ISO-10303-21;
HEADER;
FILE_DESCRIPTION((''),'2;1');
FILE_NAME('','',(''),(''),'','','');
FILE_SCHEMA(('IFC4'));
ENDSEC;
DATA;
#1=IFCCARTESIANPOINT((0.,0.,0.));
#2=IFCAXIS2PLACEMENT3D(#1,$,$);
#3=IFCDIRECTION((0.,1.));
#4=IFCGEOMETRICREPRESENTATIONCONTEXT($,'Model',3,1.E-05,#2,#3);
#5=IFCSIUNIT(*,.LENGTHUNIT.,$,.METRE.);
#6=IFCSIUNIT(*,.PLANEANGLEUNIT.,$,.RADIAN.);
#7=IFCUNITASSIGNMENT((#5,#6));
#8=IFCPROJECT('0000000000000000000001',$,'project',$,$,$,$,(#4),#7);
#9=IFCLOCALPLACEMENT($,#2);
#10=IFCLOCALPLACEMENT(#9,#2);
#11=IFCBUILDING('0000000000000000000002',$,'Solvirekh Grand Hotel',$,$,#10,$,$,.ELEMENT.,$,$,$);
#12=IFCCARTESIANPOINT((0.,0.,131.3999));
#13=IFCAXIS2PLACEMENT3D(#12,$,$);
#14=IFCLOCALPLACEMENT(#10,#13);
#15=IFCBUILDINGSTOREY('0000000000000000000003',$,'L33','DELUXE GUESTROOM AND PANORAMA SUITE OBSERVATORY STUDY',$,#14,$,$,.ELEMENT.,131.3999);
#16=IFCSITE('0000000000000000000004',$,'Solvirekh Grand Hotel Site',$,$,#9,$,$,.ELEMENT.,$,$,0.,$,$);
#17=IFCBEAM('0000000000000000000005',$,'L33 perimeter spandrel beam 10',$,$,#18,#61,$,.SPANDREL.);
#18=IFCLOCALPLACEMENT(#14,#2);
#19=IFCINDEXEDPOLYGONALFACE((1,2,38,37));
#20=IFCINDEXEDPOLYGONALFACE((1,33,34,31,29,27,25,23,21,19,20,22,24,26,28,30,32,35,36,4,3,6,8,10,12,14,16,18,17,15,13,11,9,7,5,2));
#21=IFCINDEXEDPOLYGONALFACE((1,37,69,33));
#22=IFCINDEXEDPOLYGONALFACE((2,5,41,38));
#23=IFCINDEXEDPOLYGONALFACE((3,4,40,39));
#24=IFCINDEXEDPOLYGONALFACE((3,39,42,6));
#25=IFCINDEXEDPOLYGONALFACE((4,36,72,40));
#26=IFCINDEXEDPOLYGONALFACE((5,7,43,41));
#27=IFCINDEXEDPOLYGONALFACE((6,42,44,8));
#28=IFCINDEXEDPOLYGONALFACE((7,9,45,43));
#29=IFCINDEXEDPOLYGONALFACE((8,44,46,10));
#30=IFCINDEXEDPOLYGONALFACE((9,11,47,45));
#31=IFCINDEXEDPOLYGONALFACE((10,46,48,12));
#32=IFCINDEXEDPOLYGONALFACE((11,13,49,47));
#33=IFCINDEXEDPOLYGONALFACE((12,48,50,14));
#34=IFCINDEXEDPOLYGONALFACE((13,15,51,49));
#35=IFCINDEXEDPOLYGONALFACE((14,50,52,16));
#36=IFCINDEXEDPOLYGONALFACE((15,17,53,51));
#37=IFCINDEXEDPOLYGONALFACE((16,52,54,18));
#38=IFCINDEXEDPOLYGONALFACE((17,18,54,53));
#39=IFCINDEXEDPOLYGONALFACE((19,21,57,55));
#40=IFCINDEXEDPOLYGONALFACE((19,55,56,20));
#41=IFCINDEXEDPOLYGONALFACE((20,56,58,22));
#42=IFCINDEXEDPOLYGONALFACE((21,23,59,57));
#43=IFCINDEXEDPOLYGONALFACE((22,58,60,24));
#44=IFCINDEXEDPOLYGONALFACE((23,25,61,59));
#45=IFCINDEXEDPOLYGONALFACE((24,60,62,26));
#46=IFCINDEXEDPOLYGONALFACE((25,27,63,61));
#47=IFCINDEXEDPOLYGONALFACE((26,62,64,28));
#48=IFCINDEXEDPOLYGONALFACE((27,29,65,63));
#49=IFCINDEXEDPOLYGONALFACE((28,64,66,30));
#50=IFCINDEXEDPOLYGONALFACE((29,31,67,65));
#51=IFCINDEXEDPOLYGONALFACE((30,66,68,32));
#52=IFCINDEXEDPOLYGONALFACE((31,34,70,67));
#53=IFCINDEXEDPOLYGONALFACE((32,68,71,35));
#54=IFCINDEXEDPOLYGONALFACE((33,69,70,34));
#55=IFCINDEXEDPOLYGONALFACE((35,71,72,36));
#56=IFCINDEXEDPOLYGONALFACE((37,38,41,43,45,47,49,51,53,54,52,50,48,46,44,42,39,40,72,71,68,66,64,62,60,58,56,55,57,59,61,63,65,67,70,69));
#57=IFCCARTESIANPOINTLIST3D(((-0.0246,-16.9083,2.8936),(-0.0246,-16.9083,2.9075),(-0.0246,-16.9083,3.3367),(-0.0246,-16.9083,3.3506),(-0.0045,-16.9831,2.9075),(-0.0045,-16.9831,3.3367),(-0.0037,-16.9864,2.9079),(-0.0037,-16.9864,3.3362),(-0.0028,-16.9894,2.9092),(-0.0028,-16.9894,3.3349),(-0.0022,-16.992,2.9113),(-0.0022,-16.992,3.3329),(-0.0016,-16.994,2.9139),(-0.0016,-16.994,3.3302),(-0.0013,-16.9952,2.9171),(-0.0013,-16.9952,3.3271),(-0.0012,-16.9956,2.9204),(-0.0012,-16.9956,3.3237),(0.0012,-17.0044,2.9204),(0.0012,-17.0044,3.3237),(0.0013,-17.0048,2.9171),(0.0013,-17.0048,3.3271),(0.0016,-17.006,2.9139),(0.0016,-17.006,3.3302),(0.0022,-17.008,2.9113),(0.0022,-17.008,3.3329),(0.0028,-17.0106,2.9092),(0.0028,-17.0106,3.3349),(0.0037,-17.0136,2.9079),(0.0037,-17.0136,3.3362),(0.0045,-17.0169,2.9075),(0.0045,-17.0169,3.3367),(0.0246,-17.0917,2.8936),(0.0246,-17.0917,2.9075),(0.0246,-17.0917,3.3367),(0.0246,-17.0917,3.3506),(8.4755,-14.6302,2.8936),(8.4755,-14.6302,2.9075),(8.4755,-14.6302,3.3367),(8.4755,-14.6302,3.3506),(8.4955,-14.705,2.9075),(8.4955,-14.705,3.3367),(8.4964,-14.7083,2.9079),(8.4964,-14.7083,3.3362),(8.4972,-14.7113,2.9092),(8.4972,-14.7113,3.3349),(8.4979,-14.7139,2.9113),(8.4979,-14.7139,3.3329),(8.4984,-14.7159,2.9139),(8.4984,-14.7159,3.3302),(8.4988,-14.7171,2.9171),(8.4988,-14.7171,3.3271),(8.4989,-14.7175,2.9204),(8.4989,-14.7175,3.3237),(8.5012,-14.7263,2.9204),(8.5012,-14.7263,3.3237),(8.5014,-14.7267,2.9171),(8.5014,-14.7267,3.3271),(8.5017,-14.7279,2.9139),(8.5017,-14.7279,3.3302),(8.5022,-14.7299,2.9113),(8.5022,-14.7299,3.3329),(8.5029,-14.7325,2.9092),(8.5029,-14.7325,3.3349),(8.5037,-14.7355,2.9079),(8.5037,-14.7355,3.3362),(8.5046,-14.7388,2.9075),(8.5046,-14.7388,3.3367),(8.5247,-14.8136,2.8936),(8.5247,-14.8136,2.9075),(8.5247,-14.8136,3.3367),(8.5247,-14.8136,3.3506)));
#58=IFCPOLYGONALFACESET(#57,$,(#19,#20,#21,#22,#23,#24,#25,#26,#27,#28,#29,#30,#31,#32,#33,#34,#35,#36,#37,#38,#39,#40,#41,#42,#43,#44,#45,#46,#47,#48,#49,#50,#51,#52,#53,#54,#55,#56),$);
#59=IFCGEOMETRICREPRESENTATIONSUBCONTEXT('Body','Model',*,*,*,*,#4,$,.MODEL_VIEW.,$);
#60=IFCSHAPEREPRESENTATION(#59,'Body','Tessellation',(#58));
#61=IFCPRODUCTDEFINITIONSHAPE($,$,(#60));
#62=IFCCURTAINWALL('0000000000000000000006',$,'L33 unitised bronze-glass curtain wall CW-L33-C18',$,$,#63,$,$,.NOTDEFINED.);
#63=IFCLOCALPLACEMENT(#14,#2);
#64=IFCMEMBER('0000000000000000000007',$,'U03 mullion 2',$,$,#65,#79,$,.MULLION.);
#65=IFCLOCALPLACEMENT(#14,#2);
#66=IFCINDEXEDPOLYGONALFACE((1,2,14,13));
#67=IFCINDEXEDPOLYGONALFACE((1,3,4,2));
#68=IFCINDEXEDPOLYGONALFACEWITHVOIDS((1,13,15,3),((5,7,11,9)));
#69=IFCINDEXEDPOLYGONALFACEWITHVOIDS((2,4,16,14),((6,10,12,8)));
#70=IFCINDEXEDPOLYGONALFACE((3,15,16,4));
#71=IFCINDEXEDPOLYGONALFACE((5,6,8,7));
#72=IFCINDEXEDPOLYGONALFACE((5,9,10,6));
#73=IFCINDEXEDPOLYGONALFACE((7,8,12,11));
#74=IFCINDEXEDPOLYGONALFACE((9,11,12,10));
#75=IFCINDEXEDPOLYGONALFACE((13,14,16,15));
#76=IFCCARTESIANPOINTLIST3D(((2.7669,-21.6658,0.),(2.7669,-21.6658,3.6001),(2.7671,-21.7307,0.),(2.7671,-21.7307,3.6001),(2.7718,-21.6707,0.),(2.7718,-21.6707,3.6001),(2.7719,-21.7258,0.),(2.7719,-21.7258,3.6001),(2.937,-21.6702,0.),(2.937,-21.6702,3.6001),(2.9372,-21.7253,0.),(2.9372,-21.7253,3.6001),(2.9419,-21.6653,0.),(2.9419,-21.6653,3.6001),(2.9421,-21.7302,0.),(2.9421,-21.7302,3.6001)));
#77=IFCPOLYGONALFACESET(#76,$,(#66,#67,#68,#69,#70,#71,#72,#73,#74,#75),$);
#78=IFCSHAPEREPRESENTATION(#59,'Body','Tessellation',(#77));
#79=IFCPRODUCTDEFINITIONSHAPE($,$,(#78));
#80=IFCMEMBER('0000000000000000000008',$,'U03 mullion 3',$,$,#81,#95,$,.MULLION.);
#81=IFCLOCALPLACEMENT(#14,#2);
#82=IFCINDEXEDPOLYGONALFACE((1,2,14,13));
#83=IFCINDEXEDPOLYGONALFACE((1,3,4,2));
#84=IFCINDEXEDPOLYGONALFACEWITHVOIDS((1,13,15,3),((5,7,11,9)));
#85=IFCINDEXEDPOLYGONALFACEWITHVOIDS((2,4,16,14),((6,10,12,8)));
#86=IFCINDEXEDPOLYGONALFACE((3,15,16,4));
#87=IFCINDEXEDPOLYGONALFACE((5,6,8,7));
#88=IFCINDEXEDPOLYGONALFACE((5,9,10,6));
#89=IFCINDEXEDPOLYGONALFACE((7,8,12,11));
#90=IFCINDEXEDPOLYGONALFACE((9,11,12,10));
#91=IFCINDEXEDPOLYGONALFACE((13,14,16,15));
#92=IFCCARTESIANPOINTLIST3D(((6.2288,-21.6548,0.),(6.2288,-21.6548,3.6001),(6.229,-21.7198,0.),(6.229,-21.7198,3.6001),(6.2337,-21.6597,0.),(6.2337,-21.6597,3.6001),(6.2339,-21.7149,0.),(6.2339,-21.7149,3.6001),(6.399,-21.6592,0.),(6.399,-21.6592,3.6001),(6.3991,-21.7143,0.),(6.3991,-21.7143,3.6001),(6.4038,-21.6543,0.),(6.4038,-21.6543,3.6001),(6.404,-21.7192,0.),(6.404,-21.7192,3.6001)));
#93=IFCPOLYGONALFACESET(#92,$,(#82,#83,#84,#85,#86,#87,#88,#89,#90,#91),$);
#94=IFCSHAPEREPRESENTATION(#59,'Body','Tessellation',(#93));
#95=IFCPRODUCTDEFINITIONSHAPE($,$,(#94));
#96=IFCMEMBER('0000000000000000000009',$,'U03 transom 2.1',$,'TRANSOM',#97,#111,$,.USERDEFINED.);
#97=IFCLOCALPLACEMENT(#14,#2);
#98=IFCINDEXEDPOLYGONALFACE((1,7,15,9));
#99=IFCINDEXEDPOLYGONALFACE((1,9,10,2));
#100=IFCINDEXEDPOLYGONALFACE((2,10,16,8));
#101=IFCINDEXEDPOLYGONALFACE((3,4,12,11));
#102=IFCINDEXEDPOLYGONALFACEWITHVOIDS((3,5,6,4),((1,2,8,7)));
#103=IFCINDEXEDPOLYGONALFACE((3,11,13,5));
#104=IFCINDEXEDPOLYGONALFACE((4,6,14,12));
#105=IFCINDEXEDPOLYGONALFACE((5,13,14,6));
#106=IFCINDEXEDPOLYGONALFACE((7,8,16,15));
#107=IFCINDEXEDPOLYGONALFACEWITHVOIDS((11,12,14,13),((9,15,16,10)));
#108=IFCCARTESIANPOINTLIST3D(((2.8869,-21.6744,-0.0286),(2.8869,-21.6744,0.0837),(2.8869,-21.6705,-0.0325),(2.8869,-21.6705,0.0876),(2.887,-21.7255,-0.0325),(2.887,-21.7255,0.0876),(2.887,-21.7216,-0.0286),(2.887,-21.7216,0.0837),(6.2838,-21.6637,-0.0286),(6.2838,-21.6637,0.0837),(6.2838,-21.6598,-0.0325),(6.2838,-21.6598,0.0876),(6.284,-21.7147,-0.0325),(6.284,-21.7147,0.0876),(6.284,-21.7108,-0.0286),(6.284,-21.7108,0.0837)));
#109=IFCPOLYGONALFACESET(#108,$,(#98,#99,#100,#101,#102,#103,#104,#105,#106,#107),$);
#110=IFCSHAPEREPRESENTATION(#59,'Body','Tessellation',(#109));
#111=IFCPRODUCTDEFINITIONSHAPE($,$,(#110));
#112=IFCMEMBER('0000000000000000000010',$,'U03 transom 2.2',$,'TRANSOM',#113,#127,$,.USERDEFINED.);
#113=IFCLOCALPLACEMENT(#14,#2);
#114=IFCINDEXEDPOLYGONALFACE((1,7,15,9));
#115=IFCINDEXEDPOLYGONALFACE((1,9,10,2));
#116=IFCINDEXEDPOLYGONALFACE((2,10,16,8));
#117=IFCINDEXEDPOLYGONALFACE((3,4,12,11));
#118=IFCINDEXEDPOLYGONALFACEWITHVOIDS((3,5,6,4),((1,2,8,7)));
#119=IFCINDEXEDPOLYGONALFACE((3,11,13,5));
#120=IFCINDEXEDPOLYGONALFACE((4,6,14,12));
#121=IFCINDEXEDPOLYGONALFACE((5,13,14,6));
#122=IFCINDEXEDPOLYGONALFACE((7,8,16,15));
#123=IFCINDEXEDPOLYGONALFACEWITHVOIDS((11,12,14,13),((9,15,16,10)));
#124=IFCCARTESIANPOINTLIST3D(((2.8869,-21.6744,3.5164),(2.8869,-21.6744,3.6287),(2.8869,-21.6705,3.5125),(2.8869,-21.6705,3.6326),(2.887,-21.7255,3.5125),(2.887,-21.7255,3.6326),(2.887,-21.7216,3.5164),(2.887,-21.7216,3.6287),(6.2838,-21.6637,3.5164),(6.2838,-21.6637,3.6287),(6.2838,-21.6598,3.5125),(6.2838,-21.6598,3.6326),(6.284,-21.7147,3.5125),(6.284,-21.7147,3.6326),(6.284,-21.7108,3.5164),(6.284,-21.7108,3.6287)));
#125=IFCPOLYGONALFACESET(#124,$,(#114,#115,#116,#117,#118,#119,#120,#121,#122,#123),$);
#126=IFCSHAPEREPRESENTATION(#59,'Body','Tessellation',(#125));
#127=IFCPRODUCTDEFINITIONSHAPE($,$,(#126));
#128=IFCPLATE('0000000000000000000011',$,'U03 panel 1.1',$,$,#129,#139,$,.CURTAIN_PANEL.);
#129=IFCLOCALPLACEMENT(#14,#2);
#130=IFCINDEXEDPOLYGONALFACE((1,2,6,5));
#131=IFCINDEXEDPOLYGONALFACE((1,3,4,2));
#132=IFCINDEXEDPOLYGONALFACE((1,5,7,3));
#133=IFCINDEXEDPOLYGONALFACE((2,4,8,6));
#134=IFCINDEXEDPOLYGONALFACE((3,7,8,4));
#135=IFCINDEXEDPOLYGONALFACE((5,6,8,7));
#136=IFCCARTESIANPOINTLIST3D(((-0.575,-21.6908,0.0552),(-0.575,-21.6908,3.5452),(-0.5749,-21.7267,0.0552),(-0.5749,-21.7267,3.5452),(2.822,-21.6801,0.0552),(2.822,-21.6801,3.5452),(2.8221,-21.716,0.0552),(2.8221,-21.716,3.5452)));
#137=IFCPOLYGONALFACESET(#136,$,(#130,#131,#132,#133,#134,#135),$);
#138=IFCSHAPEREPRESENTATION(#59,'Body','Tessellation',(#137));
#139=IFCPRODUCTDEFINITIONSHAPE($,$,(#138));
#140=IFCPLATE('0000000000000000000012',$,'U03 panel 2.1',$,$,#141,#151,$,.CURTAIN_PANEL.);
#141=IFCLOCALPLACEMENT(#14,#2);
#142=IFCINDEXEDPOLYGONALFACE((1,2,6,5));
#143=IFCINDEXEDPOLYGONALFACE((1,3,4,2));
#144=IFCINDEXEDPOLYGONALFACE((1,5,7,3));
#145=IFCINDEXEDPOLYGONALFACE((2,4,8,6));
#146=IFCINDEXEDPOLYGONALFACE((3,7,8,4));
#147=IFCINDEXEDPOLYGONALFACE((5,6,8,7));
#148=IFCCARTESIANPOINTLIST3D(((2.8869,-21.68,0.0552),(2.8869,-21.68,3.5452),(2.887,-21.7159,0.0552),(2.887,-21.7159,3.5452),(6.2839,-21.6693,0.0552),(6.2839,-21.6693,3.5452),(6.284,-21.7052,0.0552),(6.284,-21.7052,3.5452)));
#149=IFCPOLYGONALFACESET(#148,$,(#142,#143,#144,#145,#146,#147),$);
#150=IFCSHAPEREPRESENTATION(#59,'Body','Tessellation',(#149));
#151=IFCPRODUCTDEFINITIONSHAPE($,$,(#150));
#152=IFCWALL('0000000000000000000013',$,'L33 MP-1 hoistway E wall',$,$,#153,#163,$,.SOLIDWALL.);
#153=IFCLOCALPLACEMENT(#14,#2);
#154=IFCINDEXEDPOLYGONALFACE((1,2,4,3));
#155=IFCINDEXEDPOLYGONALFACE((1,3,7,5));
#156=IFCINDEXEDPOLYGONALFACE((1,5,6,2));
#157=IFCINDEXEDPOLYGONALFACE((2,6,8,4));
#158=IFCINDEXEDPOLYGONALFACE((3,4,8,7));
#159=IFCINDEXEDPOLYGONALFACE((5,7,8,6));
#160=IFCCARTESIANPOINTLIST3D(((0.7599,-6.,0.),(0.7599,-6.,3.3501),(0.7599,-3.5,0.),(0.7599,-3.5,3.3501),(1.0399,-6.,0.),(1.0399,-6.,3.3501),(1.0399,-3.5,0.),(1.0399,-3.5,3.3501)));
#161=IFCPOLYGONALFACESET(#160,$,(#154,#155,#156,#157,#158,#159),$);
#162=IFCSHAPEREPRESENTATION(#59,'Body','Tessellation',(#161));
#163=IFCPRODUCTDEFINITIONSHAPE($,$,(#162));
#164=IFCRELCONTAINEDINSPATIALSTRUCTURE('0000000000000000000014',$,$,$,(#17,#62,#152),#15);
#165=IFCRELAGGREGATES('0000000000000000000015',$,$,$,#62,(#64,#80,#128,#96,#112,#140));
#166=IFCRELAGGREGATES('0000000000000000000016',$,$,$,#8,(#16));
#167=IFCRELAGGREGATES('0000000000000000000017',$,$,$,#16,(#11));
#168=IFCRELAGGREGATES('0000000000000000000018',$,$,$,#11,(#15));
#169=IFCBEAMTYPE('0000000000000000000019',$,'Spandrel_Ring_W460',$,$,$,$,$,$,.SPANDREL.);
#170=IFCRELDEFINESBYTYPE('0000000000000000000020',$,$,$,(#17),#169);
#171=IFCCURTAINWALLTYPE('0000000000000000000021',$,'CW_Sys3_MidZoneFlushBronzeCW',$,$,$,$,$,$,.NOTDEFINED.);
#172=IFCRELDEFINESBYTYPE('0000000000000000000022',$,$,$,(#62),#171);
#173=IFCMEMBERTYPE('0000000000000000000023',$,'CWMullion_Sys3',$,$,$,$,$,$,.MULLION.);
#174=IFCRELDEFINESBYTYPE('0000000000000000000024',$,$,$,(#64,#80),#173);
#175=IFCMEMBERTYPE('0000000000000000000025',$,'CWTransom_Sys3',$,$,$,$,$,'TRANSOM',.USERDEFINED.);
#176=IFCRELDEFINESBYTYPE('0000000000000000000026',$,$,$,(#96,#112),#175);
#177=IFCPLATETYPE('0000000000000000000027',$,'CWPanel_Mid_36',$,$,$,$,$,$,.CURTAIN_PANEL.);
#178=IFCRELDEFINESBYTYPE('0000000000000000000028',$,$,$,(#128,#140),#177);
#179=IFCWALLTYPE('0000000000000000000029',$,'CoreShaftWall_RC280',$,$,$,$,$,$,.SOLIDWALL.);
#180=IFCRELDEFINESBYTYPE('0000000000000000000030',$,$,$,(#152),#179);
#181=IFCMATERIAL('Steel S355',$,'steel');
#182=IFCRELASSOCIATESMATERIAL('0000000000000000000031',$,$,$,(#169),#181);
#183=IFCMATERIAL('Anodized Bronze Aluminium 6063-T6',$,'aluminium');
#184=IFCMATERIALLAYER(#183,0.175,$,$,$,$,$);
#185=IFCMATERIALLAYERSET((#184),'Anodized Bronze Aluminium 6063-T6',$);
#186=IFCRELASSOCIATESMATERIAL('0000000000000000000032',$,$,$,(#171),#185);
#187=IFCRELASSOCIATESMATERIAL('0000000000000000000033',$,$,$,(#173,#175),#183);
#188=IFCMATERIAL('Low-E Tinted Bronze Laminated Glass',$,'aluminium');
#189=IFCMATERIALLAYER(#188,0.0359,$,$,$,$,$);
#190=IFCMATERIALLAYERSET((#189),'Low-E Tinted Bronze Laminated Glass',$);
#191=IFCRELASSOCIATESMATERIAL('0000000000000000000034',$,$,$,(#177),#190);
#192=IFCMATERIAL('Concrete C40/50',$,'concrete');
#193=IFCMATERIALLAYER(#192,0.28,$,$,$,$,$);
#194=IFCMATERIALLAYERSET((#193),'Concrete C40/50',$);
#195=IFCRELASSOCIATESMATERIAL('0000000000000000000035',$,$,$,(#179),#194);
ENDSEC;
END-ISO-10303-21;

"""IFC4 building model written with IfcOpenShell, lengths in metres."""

from ifc_helpers import new_model, si_unit, direction, frame, frame_2d, origin, origin_2d, place, context, subcontext, project, spatial, rectangle, hollow_rectangle, i_section, extrude, source, transform, mapped, material, layer, layer_set, material_profile, profile_set, type_object, element, aggregate, save


model = new_model("IFC4")

# Units and contexts
model_context = context("Model", 3, precision=1e-05, world=origin(), true_north=direction((0.0, 1.0)))
body_context = subcontext(model_context, "Body", "Model", "MODEL_VIEW")
ifc_project = project(units=[si_unit("LENGTHUNIT", "METRE"), si_unit("PLANEANGLEUNIT", "RADIAN")], contexts=[model_context])

# Site, building, storey
site_placement = place(None, origin())
site = spatial("IfcSite", under=ifc_project, at=site_placement, Name="Solvirekh Grand Hotel Site", CompositionType="ELEMENT", RefElevation=0.0)
building_placement = place(site_placement, origin())
building = spatial("IfcBuilding", under=site, at=building_placement, Name="Solvirekh Grand Hotel", CompositionType="ELEMENT")
storey_placement = place(building_placement, frame((0.0, 0.0, 131.3999)))
storey = spatial("IfcBuildingStorey", under=building, at=storey_placement, Name="L33", Description="DELUXE GUESTROOM AND PANORAMA SUITE OBSERVATORY STUDY", CompositionType="ELEMENT", Elevation=131.3999)

# Beam
ifc_material_1 = material(Name="Steel S355", Category="steel")
ifc_material_profile_1 = material_profile(ifc_material_1, i_section(OverallWidth=0.1899, OverallDepth=0.457, WebThickness=0.009, FlangeThickness=0.0139, FilletRadius=0.0129, at=origin_2d()), Name="W460X74")
ifc_profile_set_1 = profile_set([ifc_material_profile_1], Name="Steel S355")
beam_type_1 = type_object("IfcBeamType", Name="Spandrel_Ring_W460", PredefinedType="SPANDREL", material=ifc_profile_set_1)
beam_1_placement = place(storey_placement, frame((0.0, -17.0, 3.1221), z_axis=(0.965911, 0.258873, 0.0), x_axis=(-0.258873, 0.965911, 0.0)))
element("IfcBeam", 1, at=beam_1_placement, inside=storey, type_object=beam_type_1, Name="L33 perimeter spandrel beam 10", PredefinedType="SPANDREL", context=body_context, shape_type="SweptSolid", body=[
    extrude(i_section(OverallWidth=0.1899, OverallDepth=0.457, WebThickness=0.009, FlangeThickness=0.0139, FilletRadius=0.0129, at=origin_2d()), origin(), (0.0, 0.0, 1.0), 8.8),
])

# Curtain wall, members, plates
ifc_material_2 = material(Name="Anodized Bronze Aluminium 6063-T6", Category="aluminium")
ifc_layer_1 = layer(ifc_material_2, 0.175)
ifc_layer_set_1 = layer_set([ifc_layer_1], Name="Anodized Bronze Aluminium 6063-T6")
curtain_wall_type = type_object("IfcCurtainWallType", Name="CW_Sys3_MidZoneFlushBronzeCW", PredefinedType="NOTDEFINED", material=ifc_layer_set_1)
curtain_wall_placement = place(storey_placement, origin())
curtain_wall = element("IfcCurtainWall", 2, at=curtain_wall_placement, inside=storey, type_object=curtain_wall_type, Name="L33 unitised bronze-glass curtain wall CW-L33-C18", PredefinedType="NOTDEFINED")
ifc_material_profile_2 = material_profile(ifc_material_2, hollow_rectangle(XDim=0.0649, YDim=0.175, WallThickness=0.0049, at=origin_2d()), Name="ALU RHS 175X65X5")
ifc_profile_set_2 = profile_set([ifc_material_profile_2], Name="Anodized Bronze Aluminium 6063-T6")
member_type_1 = type_object("IfcMemberType", Name="CWMullion_Sys3", PredefinedType="MULLION", material=ifc_profile_set_2)
shared_shape_1 = source(origin(), body_context, "Body", "SweptSolid", [
    extrude(hollow_rectangle(XDim=0.0649, YDim=0.175, WallThickness=0.0049, at=origin_2d()), origin(), (0.0, 0.0, 1.0), 3.6001),
])
member_1_placement = place(storey_placement, frame((2.8545, -21.698, 0.0), z_axis=(0.0, 0.0, 1.0), x_axis=(-0.003148, 0.999995, 0.0)))
member_1 = element("IfcMember", 3, at=member_1_placement, type_object=member_type_1, Name="U03 mullion 2", PredefinedType="MULLION", context=body_context, shape_type="MappedRepresentation", body=[
    mapped(shared_shape_1, transform((0.0, 0.0, 0.0), x_axis=(1.0, 0.0, 0.0), y_axis=(0.0, 1.0, 0.0), z_axis=(0.0, 0.0, 1.0), scale=1.0)),
])
member_2_placement = place(storey_placement, frame((6.3164, -21.687, 0.0), z_axis=(0.0, 0.0, 1.0), x_axis=(-0.003148, 0.999995, 0.0)))
member_2 = element("IfcMember", 4, at=member_2_placement, type_object=member_type_1, Name="U03 mullion 3", PredefinedType="MULLION", context=body_context, shape_type="MappedRepresentation", body=[
    mapped(shared_shape_1, transform((0.0, 0.0, 0.0), x_axis=(1.0, 0.0, 0.0), y_axis=(0.0, 1.0, 0.0), z_axis=(0.0, 0.0, 1.0), scale=1.0)),
])
ifc_material_profile_3 = material_profile(ifc_material_2, hollow_rectangle(XDim=0.0549, YDim=0.1201, WallThickness=0.0039, at=origin_2d()), Name="ALU RHS 120X55X4")
ifc_profile_set_3 = profile_set([ifc_material_profile_3], Name="Anodized Bronze Aluminium 6063-T6")
member_type_2 = type_object("IfcMemberType", Name="CWTransom_Sys3", ElementType="TRANSOM", PredefinedType="USERDEFINED", material=ifc_profile_set_3)
shared_shape_2 = source(origin(), body_context, "Body", "SweptSolid", [
    extrude(hollow_rectangle(XDim=0.0549, YDim=0.1201, WallThickness=0.0039, at=origin_2d()), origin(), (0.0, 0.0, 1.0), 3.397),
])
member_3_placement = place(storey_placement, frame((2.887, -21.698, 0.0276), z_axis=(0.999995, 0.003162, 0.0), x_axis=(-0.003162, 0.999995, 0.0)))
member_3 = element("IfcMember", 5, at=member_3_placement, type_object=member_type_2, Name="U03 transom 2.1", ObjectType="TRANSOM", PredefinedType="USERDEFINED", context=body_context, shape_type="MappedRepresentation", body=[
    mapped(shared_shape_2, transform((0.0, 0.0, 0.0), x_axis=(1.0, 0.0, 0.0), y_axis=(0.0, 1.0, 0.0), z_axis=(0.0, 0.0, 1.0), scale=1.0)),
])
member_4_placement = place(storey_placement, frame((2.887, -21.698, 3.5725), z_axis=(0.999995, 0.003162, 0.0), x_axis=(-0.003162, 0.999995, 0.0)))
member_4 = element("IfcMember", 6, at=member_4_placement, type_object=member_type_2, Name="U03 transom 2.2", ObjectType="TRANSOM", PredefinedType="USERDEFINED", context=body_context, shape_type="MappedRepresentation", body=[
    mapped(shared_shape_2, transform((0.0, 0.0, 0.0), x_axis=(1.0, 0.0, 0.0), y_axis=(0.0, 1.0, 0.0), z_axis=(0.0, 0.0, 1.0), scale=1.0)),
])
ifc_material_3 = material(Name="Low-E Tinted Bronze Laminated Glass", Category="aluminium")
ifc_layer_2 = layer(ifc_material_3, 0.0359)
ifc_layer_set_2 = layer_set([ifc_layer_2], Name="Low-E Tinted Bronze Laminated Glass")
plate_type = type_object("IfcPlateType", Name="CWPanel_Mid_36", PredefinedType="CURTAIN_PANEL", material=ifc_layer_set_2)
shared_shape_3 = source(origin(), body_context, "Body", "SweptSolid", [
    extrude(rectangle(XDim=3.397, YDim=0.0359, at=origin_2d()), origin(), (0.0, 0.0, 1.0), 3.49),
])
plate_1_placement = place(storey_placement, frame((1.1235, -21.7034, 0.0552), z_axis=(0.0, 0.0, 1.0), x_axis=(0.999995, 0.003148, 0.0)))
plate_1 = element("IfcPlate", 7, at=plate_1_placement, type_object=plate_type, Name="U03 panel 1.1", PredefinedType="CURTAIN_PANEL", context=body_context, shape_type="MappedRepresentation", body=[
    mapped(shared_shape_3, transform((0.0, 0.0, 0.0), x_axis=(1.0, 0.0, 0.0), y_axis=(0.0, 1.0, 0.0), z_axis=(0.0, 0.0, 1.0), scale=1.0)),
])
plate_2_placement = place(storey_placement, frame((4.5854, -21.6926, 0.0552), z_axis=(0.0, 0.0, 1.0), x_axis=(0.999995, 0.003148, 0.0)))
plate_2 = element("IfcPlate", 8, at=plate_2_placement, type_object=plate_type, Name="U03 panel 2.1", PredefinedType="CURTAIN_PANEL", context=body_context, shape_type="MappedRepresentation", body=[
    mapped(shared_shape_3, transform((0.0, 0.0, 0.0), x_axis=(1.0, 0.0, 0.0), y_axis=(0.0, 1.0, 0.0), z_axis=(0.0, 0.0, 1.0), scale=1.0)),
])
aggregate(curtain_wall, [member_1, member_2, plate_1, member_3, member_4, plate_2])

# Wall
ifc_material_4 = material(Name="Concrete C40/50", Category="concrete")
ifc_layer_3 = layer(ifc_material_4, 0.28)
ifc_layer_set_3 = layer_set([ifc_layer_3], Name="Concrete C40/50")
wall_type_1 = type_object("IfcWallType", Name="CoreShaftWall_RC280", PredefinedType="SOLIDWALL", material=ifc_layer_set_3)
wall_1_placement = place(storey_placement, frame((0.8999, -6.0, 0.0), z_axis=(0.0, 0.0, 1.0), x_axis=(0.0, 1.0, 0.0)))
element("IfcWall", 9, at=wall_1_placement, inside=storey, type_object=wall_type_1, Name="L33 MP-1 hoistway E wall", PredefinedType="SOLIDWALL", context=body_context, shape_type="SweptSolid", body=[
    extrude(rectangle(XDim=2.5, YDim=0.28, at=frame_2d((1.25, 0.0))), origin(), (0.0, 0.0, 1.0), 3.3501),
])

save(model, "model.ifc")
